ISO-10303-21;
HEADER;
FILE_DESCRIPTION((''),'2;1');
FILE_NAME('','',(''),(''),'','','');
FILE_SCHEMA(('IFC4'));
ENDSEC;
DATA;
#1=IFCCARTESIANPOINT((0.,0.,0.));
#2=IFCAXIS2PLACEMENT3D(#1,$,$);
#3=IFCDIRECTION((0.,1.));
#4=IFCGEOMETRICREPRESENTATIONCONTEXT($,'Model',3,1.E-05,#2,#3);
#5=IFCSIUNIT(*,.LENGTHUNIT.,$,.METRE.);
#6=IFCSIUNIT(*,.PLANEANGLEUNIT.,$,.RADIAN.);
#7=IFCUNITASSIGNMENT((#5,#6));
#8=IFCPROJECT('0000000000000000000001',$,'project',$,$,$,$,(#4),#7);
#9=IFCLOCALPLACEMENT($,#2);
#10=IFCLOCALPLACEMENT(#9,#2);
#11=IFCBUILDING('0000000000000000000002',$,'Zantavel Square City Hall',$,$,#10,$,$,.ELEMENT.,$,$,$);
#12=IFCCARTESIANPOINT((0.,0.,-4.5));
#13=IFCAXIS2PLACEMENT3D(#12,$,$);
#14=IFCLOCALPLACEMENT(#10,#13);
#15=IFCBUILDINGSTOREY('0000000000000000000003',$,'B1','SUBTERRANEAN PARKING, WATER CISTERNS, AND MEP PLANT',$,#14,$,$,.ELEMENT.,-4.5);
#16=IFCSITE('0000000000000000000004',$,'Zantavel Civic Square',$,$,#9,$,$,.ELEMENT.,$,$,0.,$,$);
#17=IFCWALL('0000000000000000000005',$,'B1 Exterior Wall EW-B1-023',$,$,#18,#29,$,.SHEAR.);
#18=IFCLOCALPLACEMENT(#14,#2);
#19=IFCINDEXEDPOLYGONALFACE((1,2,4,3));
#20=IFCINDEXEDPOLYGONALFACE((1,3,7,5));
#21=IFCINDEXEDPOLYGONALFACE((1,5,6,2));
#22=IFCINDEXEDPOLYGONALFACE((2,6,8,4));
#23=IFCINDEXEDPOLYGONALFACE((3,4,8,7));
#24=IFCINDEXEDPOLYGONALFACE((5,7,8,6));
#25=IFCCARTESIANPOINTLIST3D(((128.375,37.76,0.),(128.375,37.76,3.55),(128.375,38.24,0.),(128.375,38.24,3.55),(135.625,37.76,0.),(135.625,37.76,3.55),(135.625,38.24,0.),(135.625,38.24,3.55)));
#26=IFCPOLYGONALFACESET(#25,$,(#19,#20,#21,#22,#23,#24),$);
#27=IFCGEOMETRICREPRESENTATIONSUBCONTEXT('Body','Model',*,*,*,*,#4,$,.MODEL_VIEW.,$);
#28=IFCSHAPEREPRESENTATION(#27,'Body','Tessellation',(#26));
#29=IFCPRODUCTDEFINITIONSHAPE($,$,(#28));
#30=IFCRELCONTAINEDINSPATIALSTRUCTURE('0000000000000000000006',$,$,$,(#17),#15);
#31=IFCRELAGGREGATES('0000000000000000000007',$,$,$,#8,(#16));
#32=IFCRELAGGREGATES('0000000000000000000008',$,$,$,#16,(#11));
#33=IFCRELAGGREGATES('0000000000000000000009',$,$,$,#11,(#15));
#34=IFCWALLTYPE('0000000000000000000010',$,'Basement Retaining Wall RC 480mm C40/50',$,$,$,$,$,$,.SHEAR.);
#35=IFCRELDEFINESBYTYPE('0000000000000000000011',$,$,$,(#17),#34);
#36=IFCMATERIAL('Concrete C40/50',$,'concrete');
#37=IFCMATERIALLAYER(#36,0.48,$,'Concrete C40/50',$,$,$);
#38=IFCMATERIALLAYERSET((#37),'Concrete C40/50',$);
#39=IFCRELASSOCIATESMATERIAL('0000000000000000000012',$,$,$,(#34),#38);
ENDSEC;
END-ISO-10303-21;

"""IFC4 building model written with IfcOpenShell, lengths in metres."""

from ifc_helpers import new_model, si_unit, direction, frame, frame_2d, origin, place, context, subcontext, project, spatial, rectangle, extrude, material, layer, layer_set, type_object, element, save


model = new_model("IFC4")

# Units and contexts
model_context = context("Model", 3, precision=1e-05, world=origin(), true_north=direction((0.0, 1.0)))
body_context = subcontext(model_context, "Body", "Model", "MODEL_VIEW")
ifc_project = project(units=[si_unit("LENGTHUNIT", "METRE"), si_unit("PLANEANGLEUNIT", "RADIAN")], contexts=[model_context])

# Site, building, storey
site_placement = place(None, origin())
site = spatial("IfcSite", under=ifc_project, at=site_placement, Name="Zantavel Civic Square", CompositionType="ELEMENT", RefElevation=0.0)
building_placement = place(site_placement, origin())
building = spatial("IfcBuilding", under=site, at=building_placement, Name="Zantavel Square City Hall", CompositionType="ELEMENT")
storey_placement = place(building_placement, frame((0.0, 0.0, -4.5)))
storey = spatial("IfcBuildingStorey", under=building, at=storey_placement, Name="B1", Description="SUBTERRANEAN PARKING, WATER CISTERNS, AND MEP PLANT", CompositionType="ELEMENT", Elevation=-4.5)

# Shared definitions
ifc_material_1 = material(Name="Concrete C40/50", Category="concrete")

# Wall
ifc_layer_1 = layer(ifc_material_1, 0.48, Name="Concrete C40/50")
ifc_layer_set_1 = layer_set([ifc_layer_1], Name="Concrete C40/50")
wall_type = type_object("IfcWallType", Name="Basement Retaining Wall RC 480mm C40/50", PredefinedType="SHEAR", material=ifc_layer_set_1)
wall_placement = place(storey_placement, frame((135.625, 38.0, 0.0), z_axis=(0.0, 0.0, 1.0), x_axis=(-1.0, 0.0, 0.0)))
element("IfcWall", 1, at=wall_placement, inside=storey, type_object=wall_type, Name="B1 Exterior Wall EW-B1-023", PredefinedType="SHEAR", context=body_context, shape_type="SweptSolid", body=[
    extrude(rectangle(XDim=7.25, YDim=0.48, at=frame_2d((3.625, 0.0))), origin(), (0.0, 0.0, 1.0), 3.55),
])

save(model, "model.ifc")
